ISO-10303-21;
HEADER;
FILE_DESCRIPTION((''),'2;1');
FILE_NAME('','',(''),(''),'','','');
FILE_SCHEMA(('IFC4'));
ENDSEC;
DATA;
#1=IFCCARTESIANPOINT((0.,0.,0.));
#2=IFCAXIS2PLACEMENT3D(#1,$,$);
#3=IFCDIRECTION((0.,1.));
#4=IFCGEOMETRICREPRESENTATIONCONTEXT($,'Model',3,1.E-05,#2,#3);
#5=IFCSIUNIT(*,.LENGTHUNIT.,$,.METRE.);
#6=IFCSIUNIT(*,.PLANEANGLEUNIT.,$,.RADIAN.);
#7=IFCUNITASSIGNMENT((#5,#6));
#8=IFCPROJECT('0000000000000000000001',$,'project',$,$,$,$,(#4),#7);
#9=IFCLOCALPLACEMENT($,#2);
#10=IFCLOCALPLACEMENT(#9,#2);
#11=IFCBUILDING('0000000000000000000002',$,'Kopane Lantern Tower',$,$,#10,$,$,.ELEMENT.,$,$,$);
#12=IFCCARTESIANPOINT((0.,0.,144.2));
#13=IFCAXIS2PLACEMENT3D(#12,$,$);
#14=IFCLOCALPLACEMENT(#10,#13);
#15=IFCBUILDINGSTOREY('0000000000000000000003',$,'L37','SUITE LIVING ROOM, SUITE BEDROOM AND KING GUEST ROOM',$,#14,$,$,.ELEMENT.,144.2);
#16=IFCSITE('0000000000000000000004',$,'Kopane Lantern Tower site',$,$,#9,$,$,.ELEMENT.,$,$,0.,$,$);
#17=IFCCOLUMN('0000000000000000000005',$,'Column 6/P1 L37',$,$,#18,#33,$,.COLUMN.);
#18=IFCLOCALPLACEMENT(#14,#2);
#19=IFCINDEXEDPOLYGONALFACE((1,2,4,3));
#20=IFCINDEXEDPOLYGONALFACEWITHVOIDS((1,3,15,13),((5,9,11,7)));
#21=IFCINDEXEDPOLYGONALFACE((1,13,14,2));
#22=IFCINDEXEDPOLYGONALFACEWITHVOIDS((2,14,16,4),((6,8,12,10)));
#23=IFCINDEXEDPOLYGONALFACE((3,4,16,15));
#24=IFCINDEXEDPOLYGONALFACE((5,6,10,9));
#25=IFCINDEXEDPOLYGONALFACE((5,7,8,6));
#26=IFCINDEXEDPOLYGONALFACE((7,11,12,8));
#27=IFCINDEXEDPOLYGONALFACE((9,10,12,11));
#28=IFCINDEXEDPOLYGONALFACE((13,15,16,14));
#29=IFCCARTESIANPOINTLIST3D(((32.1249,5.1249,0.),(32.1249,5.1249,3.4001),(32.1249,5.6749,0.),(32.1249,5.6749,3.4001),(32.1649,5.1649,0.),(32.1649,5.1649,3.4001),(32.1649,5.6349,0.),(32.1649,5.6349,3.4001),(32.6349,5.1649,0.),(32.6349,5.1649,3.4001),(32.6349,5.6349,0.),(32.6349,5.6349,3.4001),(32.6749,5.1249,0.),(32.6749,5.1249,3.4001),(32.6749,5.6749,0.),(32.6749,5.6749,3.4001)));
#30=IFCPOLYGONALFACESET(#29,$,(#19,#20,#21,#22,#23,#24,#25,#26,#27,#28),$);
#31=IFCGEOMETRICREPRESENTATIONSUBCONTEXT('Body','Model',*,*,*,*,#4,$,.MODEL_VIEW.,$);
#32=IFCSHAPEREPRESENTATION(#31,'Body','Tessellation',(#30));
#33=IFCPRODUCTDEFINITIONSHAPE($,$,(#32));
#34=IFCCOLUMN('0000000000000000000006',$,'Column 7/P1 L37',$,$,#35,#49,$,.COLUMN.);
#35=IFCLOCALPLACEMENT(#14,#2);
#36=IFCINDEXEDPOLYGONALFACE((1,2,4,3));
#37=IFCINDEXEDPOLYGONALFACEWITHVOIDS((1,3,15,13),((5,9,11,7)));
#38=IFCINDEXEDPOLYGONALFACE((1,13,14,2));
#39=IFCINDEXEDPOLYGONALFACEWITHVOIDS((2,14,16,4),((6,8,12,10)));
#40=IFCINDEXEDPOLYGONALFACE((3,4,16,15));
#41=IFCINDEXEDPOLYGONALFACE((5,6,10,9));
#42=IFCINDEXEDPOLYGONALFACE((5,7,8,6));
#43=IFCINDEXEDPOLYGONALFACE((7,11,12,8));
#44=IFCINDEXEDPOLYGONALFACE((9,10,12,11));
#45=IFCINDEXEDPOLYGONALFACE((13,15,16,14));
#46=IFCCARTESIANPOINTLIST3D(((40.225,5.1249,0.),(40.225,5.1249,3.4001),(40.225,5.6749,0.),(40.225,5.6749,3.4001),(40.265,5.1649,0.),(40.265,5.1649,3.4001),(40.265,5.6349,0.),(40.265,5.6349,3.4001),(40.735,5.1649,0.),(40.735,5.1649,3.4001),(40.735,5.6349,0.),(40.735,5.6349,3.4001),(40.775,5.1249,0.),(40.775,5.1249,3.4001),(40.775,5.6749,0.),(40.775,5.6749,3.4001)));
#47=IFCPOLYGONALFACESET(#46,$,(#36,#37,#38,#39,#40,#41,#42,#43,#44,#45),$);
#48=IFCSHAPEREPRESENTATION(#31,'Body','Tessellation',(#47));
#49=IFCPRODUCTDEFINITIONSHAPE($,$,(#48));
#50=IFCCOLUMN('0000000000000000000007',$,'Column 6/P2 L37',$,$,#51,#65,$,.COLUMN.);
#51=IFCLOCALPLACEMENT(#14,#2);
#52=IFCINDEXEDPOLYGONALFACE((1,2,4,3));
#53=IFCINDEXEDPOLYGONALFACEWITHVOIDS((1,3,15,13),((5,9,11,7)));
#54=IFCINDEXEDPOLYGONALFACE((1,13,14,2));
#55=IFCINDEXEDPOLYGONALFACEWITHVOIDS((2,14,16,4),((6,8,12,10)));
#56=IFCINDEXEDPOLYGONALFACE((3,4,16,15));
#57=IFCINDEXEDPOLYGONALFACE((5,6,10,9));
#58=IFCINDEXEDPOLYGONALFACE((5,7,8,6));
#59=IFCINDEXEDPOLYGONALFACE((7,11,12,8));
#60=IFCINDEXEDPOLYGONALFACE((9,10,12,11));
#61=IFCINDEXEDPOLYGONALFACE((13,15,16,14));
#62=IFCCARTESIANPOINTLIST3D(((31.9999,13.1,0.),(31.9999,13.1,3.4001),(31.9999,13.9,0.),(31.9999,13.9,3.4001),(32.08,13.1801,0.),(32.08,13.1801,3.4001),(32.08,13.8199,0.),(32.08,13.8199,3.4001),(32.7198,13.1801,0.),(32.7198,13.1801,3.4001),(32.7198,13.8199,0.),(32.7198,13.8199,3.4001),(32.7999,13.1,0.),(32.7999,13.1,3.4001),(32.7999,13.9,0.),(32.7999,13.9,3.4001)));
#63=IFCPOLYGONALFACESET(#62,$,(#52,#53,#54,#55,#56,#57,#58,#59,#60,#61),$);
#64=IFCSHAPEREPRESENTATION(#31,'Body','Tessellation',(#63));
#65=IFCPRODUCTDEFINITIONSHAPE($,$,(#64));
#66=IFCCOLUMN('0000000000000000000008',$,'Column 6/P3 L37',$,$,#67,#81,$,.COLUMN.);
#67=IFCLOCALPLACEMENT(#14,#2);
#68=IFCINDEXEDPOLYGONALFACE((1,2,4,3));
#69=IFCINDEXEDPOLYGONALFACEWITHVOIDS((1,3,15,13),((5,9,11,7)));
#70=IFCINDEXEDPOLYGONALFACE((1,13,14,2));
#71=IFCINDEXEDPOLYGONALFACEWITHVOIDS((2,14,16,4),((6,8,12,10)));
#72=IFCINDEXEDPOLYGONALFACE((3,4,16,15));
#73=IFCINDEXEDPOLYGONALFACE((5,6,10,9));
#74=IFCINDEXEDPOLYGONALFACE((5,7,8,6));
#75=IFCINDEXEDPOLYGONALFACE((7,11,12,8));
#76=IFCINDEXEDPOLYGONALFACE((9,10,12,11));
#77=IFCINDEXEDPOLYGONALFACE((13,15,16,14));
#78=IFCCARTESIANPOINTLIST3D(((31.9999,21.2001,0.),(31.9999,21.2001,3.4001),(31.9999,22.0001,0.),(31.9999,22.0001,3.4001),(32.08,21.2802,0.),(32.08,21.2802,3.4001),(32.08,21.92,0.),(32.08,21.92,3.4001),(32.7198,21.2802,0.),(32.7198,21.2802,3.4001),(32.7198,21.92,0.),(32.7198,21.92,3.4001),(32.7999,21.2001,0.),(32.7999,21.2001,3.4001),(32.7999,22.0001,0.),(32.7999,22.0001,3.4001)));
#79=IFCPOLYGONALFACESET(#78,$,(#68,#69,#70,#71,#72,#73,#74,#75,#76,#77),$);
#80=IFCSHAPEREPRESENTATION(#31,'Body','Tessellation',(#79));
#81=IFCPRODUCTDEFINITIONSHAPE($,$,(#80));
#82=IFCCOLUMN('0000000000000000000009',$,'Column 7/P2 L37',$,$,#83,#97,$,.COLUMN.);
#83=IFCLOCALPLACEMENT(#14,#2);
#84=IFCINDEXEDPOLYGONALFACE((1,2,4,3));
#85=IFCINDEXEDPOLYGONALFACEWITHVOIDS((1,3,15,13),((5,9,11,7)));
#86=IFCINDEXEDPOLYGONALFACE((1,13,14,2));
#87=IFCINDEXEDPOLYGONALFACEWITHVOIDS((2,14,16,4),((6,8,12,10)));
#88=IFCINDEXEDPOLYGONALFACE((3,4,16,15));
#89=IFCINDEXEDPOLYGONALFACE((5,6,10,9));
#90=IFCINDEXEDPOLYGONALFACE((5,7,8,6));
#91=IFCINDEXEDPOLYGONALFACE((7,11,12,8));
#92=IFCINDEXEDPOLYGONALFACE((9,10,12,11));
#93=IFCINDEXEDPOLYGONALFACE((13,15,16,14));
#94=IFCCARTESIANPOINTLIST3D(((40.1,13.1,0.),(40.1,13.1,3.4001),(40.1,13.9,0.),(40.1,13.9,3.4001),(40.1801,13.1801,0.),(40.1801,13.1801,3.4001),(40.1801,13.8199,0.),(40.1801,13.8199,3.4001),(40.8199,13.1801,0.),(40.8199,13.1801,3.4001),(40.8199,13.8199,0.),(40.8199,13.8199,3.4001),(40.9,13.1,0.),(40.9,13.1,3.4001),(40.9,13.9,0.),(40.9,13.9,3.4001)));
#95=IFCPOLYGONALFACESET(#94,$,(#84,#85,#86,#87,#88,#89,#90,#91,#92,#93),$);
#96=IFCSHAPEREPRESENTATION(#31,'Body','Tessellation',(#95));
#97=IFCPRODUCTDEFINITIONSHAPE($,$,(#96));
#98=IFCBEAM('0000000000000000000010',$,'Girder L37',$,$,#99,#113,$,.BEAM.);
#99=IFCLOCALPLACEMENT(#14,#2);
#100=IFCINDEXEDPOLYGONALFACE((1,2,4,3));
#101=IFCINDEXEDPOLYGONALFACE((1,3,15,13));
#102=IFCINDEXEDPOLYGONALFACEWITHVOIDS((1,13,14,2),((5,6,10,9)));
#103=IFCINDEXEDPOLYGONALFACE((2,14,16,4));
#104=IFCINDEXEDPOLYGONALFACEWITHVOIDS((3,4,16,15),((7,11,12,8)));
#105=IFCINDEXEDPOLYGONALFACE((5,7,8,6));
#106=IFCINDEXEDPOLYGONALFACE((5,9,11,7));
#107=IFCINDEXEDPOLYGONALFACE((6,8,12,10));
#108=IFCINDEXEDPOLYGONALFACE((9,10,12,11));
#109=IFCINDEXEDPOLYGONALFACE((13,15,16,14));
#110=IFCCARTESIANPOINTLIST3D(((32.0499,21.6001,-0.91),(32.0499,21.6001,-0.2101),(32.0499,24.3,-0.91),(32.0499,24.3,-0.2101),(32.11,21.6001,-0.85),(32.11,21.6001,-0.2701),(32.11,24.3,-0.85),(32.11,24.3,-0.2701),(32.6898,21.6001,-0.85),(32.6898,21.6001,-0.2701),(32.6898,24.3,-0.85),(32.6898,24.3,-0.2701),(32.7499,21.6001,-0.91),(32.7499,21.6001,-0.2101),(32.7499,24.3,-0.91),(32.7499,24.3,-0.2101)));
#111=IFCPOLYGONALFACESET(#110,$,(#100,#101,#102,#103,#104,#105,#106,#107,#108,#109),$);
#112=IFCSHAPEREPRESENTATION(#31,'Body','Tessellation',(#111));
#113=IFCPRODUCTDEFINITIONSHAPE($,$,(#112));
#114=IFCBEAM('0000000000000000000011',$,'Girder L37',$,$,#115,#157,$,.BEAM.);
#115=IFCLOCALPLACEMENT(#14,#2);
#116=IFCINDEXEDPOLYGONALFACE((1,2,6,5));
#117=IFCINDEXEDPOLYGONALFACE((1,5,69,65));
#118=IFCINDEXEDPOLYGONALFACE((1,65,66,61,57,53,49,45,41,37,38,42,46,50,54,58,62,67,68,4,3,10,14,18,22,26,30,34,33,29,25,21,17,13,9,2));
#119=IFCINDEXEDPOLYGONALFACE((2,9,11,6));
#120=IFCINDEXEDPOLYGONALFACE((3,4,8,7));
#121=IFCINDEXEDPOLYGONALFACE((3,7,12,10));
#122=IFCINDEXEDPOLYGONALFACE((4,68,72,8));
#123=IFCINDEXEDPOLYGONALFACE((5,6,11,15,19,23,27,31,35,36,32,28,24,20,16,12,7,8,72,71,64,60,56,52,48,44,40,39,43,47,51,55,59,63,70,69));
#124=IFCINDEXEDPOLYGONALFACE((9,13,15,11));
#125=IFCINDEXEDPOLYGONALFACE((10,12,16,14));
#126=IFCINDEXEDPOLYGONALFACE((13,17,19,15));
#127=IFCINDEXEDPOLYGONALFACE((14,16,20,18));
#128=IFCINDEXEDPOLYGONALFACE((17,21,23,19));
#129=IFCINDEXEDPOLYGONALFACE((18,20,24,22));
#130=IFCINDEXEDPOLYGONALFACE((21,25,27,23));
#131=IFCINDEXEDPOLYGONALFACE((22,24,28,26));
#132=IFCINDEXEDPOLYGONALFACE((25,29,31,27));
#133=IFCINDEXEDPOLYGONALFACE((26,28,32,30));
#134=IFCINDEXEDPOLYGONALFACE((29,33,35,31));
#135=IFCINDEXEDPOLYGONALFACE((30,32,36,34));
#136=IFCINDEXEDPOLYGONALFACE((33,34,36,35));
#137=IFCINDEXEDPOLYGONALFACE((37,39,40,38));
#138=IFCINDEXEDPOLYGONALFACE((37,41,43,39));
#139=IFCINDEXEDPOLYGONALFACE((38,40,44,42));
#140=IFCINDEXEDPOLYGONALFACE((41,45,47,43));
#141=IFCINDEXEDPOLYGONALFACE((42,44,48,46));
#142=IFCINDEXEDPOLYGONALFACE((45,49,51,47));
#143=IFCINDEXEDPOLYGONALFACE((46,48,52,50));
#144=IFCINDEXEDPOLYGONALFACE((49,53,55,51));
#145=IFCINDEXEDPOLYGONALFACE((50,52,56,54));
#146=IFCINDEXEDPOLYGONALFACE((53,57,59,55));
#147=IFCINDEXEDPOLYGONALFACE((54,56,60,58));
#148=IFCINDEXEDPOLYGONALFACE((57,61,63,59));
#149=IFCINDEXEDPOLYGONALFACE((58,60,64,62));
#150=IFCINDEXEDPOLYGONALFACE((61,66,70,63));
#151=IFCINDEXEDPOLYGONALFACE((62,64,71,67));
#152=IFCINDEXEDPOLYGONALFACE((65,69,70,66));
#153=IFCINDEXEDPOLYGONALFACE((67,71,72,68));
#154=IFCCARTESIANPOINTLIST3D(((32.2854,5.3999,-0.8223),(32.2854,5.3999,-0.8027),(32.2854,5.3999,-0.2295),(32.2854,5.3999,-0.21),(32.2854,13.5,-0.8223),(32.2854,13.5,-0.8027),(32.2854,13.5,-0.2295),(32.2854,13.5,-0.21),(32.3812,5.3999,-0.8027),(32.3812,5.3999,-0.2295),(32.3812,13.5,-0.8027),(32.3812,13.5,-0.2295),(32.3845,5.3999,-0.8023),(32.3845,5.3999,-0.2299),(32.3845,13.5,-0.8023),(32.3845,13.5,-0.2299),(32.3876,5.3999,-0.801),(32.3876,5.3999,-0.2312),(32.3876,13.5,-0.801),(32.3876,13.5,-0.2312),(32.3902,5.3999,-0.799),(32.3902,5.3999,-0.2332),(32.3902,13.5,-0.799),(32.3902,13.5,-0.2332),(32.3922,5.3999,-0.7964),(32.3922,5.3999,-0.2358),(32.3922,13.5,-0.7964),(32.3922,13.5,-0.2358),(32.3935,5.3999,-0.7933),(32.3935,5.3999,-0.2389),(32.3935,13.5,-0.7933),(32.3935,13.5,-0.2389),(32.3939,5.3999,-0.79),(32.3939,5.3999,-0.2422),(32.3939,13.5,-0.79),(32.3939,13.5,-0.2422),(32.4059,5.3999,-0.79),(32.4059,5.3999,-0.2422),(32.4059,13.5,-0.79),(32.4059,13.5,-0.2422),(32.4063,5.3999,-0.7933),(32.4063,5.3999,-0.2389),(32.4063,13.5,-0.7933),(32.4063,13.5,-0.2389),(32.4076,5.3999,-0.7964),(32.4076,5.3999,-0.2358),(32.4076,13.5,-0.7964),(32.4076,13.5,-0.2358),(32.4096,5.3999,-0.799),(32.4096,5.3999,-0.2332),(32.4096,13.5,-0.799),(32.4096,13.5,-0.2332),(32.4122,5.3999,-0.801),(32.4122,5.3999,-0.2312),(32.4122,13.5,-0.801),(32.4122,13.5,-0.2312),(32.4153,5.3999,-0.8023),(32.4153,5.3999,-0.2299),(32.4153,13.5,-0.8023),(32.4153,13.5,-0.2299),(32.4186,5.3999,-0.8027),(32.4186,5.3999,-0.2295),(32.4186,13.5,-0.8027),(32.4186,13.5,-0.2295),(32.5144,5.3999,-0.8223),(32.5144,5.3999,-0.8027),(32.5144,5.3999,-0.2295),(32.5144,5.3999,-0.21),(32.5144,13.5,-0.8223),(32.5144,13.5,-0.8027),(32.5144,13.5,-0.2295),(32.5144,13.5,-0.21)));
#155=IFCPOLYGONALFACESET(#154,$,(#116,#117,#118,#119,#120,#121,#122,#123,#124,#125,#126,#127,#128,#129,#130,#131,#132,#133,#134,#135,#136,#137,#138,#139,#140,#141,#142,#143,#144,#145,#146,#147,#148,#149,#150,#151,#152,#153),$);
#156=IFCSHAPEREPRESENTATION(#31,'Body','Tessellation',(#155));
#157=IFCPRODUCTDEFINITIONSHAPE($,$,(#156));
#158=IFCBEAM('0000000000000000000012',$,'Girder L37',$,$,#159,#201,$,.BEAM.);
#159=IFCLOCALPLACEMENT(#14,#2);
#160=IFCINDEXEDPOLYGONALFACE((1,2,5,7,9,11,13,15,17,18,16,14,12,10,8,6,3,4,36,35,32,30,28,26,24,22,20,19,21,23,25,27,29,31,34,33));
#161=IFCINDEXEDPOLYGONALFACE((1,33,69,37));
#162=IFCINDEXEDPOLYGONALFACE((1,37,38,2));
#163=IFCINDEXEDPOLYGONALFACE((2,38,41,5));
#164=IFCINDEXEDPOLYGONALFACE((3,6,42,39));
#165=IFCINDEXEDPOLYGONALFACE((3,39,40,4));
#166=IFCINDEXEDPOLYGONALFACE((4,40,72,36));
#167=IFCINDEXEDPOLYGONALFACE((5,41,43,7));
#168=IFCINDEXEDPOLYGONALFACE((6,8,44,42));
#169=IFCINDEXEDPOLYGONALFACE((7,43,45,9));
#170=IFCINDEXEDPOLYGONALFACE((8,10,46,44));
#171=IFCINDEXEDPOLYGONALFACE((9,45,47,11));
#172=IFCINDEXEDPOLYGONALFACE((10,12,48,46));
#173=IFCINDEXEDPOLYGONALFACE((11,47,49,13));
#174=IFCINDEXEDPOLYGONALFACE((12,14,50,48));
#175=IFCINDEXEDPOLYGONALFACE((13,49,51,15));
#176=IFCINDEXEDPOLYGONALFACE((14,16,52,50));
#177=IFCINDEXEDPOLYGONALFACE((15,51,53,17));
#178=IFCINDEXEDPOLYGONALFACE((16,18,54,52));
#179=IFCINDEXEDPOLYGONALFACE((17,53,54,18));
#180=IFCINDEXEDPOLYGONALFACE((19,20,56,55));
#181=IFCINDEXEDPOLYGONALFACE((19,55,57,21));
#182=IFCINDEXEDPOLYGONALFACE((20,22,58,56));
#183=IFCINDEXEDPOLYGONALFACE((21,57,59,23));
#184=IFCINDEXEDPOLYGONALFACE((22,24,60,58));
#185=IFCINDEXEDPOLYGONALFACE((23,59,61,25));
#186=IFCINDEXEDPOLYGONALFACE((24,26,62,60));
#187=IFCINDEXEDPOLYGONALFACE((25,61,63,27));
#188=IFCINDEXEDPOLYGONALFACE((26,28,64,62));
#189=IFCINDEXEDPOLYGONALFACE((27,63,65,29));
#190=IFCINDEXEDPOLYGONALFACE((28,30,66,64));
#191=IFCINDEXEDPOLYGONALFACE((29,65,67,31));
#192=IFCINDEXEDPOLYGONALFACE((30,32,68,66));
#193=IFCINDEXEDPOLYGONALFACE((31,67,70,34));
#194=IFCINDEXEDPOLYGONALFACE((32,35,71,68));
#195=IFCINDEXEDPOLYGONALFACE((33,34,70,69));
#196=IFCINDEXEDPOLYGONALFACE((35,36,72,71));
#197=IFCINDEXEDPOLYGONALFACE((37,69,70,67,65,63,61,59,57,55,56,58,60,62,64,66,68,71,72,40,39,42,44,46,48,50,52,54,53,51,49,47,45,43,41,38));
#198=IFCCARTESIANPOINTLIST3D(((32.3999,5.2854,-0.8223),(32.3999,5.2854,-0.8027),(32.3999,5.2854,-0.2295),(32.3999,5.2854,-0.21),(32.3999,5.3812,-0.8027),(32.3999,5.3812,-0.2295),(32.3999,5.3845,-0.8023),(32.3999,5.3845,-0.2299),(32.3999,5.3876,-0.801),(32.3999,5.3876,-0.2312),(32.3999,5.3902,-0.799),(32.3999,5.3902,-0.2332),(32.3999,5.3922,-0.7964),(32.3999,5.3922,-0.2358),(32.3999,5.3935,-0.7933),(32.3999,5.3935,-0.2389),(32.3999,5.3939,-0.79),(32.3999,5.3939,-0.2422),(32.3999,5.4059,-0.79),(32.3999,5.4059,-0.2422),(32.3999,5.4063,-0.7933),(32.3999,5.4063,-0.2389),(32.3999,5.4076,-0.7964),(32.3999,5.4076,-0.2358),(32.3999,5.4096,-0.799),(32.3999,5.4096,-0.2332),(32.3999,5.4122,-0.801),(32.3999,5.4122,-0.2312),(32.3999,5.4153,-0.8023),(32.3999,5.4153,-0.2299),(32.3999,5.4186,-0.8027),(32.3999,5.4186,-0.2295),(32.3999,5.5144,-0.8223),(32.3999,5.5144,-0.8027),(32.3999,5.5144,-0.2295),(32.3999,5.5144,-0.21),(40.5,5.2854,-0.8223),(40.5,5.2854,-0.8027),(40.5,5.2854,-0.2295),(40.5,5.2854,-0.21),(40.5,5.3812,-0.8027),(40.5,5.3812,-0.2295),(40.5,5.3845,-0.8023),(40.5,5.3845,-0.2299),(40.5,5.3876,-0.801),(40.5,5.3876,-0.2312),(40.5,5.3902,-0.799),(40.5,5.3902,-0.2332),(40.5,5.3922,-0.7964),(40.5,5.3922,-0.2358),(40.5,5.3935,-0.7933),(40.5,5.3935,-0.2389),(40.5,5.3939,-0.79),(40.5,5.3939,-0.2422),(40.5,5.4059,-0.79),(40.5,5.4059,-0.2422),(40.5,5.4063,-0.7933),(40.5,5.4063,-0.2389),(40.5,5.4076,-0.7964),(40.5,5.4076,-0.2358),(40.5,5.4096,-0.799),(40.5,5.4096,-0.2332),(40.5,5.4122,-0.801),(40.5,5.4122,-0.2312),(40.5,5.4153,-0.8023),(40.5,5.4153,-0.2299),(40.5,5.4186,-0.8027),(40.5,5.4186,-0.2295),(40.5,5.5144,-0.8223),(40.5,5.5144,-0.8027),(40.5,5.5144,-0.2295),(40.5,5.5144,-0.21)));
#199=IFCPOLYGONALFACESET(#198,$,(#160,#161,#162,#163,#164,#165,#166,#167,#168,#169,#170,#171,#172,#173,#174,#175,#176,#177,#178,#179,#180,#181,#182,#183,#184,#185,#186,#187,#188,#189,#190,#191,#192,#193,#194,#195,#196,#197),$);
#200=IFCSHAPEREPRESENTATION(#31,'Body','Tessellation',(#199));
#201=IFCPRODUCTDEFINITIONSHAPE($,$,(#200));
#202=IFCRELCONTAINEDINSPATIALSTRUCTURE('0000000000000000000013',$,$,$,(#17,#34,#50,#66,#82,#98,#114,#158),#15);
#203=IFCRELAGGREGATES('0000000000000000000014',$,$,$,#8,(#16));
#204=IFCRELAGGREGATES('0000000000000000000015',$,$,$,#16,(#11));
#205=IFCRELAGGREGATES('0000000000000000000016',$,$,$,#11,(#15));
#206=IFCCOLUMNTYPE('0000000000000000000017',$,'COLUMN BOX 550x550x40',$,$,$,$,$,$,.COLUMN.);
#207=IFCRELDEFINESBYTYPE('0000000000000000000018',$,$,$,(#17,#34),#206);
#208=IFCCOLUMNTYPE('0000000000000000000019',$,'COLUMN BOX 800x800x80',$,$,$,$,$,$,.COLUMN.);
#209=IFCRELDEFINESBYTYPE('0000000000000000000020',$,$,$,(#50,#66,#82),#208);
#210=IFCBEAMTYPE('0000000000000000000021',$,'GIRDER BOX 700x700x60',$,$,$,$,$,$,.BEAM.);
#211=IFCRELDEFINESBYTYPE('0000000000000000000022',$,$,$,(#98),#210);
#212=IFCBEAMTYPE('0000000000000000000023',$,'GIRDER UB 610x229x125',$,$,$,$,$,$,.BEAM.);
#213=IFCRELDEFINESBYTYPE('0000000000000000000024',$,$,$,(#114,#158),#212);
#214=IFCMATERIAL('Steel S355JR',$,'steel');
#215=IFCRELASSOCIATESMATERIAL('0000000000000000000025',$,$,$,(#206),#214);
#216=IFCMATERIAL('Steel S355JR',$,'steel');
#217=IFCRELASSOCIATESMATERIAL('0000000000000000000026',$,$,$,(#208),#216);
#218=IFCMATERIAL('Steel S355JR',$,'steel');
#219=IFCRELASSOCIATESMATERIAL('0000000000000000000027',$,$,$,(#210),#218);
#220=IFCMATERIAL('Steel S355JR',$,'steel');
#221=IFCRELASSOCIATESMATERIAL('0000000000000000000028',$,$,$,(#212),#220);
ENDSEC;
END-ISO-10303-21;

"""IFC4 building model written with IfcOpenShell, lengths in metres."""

from ifc_helpers import new_model, si_unit, direction, frame, origin, origin_2d, place, context, subcontext, project, spatial, hollow_rectangle, i_section, extrude, material, material_profile, profile_set, type_object, element, save


model = new_model("IFC4")

# Units and contexts
model_context = context("Model", 3, precision=1e-05, world=origin(), true_north=direction((0.0, 1.0)))
body_context = subcontext(model_context, "Body", "Model", "MODEL_VIEW")
ifc_project = project(units=[si_unit("LENGTHUNIT", "METRE"), si_unit("PLANEANGLEUNIT", "RADIAN")], contexts=[model_context])

# Site, building, storey
site_placement = place(None, origin())
site = spatial("IfcSite", under=ifc_project, at=site_placement, Name="Kopane Lantern Tower site", CompositionType="ELEMENT", RefElevation=0.0)
building_placement = place(site_placement, origin())
building = spatial("IfcBuilding", under=site, at=building_placement, Name="Kopane Lantern Tower", CompositionType="ELEMENT")
storey_placement = place(building_placement, frame((0.0, 0.0, 144.2)))
storey = spatial("IfcBuildingStorey", under=building, at=storey_placement, Name="L37", Description="SUITE LIVING ROOM, SUITE BEDROOM AND KING GUEST ROOM", CompositionType="ELEMENT", Elevation=144.2)

# Columns
ifc_material_1 = material(Name="Steel S355JR", Category="steel")
ifc_material_profile_1 = material_profile(ifc_material_1, hollow_rectangle(XDim=0.55, YDim=0.55, WallThickness=0.04, at=origin_2d()), Name="BOX 550x550x40")
ifc_profile_set_1 = profile_set([ifc_material_profile_1], Name="Steel S355JR")
column_type_1 = type_object("IfcColumnType", Name="COLUMN BOX 550x550x40", PredefinedType="COLUMN", material=ifc_profile_set_1)
for number, where, z_axis, x_axis, name in (
    (1, (32.3999, 5.3999, 0.0), (0.0, 0.0, 1.0), (1.0, 0.0, 0.0), "Column 6/P1 L37"),
    (2, (40.5, 5.3999, 0.0), (0.0, 0.0, 1.0), (1.0, 0.0, 0.0), "Column 7/P1 L37"),
):
    element("IfcColumn", number, at=place(storey_placement, frame(where, z_axis=z_axis, x_axis=x_axis)), inside=storey, type_object=column_type_1, Name=name, PredefinedType="COLUMN", context=body_context, shape_type="SweptSolid", body=[
        extrude(hollow_rectangle(XDim=0.55, YDim=0.55, WallThickness=0.04, at=origin_2d()), origin(), (0.0, 0.0, 1.0), 3.4001),
    ])
ifc_material_2 = material(Name="Steel S355JR", Category="steel")
ifc_material_profile_2 = material_profile(ifc_material_2, hollow_rectangle(XDim=0.8, YDim=0.8, WallThickness=0.0801, at=origin_2d()), Name="BOX 800x800x80")
ifc_profile_set_2 = profile_set([ifc_material_profile_2], Name="Steel S355JR")
column_type_2 = type_object("IfcColumnType", Name="COLUMN BOX 800x800x80", PredefinedType="COLUMN", material=ifc_profile_set_2)
for number, where, z_axis, x_axis, name in (
    (3, (32.3999, 13.5, 0.0), (0.0, 0.0, 1.0), (1.0, 0.0, 0.0), "Column 6/P2 L37"),
    (4, (32.3999, 21.6001, 0.0), (0.0, 0.0, 1.0), (1.0, 0.0, 0.0), "Column 6/P3 L37"),
    (5, (40.5, 13.5, 0.0), (0.0, 0.0, 1.0), (1.0, 0.0, 0.0), "Column 7/P2 L37"),
):
    element("IfcColumn", number, at=place(storey_placement, frame(where, z_axis=z_axis, x_axis=x_axis)), inside=storey, type_object=column_type_2, Name=name, PredefinedType="COLUMN", context=body_context, shape_type="SweptSolid", body=[
        extrude(hollow_rectangle(XDim=0.8, YDim=0.8, WallThickness=0.0801, at=origin_2d()), origin(), (0.0, 0.0, 1.0), 3.4001),
    ])

# Beams
ifc_material_3 = material(Name="Steel S355JR", Category="steel")
ifc_material_profile_3 = material_profile(ifc_material_3, hollow_rectangle(XDim=0.7, YDim=0.7, WallThickness=0.0601, at=origin_2d()), Name="BOX 700x700x60")
ifc_profile_set_3 = profile_set([ifc_material_profile_3], Name="Steel S355JR")
beam_type_1 = type_object("IfcBeamType", Name="GIRDER BOX 700x700x60", PredefinedType="BEAM", material=ifc_profile_set_3)
beam_placement = place(storey_placement, frame((32.3999, 21.6001, -0.5601), z_axis=(0.0, 1.0, 0.0), x_axis=(-1.0, 0.0, 0.0)))
element("IfcBeam", 6, at=beam_placement, inside=storey, type_object=beam_type_1, Name="Girder L37", PredefinedType="BEAM", context=body_context, shape_type="SweptSolid", body=[
    extrude(hollow_rectangle(XDim=0.7, YDim=0.7, WallThickness=0.0601, at=origin_2d()), origin(), (0.0, 0.0, 1.0), 2.7),
])
ifc_material_4 = material(Name="Steel S355JR", Category="steel")
ifc_material_profile_4 = material_profile(ifc_material_4, i_section(OverallWidth=0.229, OverallDepth=0.6123, WebThickness=0.012, FlangeThickness=0.0195, FilletRadius=0.0127, at=origin_2d()), Name="UB 610x229x125")
ifc_profile_set_4 = profile_set([ifc_material_profile_4], Name="Steel S355JR")
beam_type_2 = type_object("IfcBeamType", Name="GIRDER UB 610x229x125", PredefinedType="BEAM", material=ifc_profile_set_4)
for number, where, z_axis, x_axis, name in (
    (7, (32.3999, 5.3999, -0.5161), (0.0, 1.0, 0.0), (-1.0, 0.0, 0.0), "Girder L37"),
    (8, (32.3999, 5.3999, -0.5161), (1.0, 0.0, 0.0), (0.0, 1.0, 0.0), "Girder L37"),
):
    element("IfcBeam", number, at=place(storey_placement, frame(where, z_axis=z_axis, x_axis=x_axis)), inside=storey, type_object=beam_type_2, Name=name, PredefinedType="BEAM", context=body_context, shape_type="SweptSolid", body=[
        extrude(i_section(OverallWidth=0.229, OverallDepth=0.6123, WebThickness=0.012, FlangeThickness=0.0195, FilletRadius=0.0127, at=origin_2d()), origin(), (0.0, 0.0, 1.0), 8.1001),
    ])

save(model, "model.ifc")
